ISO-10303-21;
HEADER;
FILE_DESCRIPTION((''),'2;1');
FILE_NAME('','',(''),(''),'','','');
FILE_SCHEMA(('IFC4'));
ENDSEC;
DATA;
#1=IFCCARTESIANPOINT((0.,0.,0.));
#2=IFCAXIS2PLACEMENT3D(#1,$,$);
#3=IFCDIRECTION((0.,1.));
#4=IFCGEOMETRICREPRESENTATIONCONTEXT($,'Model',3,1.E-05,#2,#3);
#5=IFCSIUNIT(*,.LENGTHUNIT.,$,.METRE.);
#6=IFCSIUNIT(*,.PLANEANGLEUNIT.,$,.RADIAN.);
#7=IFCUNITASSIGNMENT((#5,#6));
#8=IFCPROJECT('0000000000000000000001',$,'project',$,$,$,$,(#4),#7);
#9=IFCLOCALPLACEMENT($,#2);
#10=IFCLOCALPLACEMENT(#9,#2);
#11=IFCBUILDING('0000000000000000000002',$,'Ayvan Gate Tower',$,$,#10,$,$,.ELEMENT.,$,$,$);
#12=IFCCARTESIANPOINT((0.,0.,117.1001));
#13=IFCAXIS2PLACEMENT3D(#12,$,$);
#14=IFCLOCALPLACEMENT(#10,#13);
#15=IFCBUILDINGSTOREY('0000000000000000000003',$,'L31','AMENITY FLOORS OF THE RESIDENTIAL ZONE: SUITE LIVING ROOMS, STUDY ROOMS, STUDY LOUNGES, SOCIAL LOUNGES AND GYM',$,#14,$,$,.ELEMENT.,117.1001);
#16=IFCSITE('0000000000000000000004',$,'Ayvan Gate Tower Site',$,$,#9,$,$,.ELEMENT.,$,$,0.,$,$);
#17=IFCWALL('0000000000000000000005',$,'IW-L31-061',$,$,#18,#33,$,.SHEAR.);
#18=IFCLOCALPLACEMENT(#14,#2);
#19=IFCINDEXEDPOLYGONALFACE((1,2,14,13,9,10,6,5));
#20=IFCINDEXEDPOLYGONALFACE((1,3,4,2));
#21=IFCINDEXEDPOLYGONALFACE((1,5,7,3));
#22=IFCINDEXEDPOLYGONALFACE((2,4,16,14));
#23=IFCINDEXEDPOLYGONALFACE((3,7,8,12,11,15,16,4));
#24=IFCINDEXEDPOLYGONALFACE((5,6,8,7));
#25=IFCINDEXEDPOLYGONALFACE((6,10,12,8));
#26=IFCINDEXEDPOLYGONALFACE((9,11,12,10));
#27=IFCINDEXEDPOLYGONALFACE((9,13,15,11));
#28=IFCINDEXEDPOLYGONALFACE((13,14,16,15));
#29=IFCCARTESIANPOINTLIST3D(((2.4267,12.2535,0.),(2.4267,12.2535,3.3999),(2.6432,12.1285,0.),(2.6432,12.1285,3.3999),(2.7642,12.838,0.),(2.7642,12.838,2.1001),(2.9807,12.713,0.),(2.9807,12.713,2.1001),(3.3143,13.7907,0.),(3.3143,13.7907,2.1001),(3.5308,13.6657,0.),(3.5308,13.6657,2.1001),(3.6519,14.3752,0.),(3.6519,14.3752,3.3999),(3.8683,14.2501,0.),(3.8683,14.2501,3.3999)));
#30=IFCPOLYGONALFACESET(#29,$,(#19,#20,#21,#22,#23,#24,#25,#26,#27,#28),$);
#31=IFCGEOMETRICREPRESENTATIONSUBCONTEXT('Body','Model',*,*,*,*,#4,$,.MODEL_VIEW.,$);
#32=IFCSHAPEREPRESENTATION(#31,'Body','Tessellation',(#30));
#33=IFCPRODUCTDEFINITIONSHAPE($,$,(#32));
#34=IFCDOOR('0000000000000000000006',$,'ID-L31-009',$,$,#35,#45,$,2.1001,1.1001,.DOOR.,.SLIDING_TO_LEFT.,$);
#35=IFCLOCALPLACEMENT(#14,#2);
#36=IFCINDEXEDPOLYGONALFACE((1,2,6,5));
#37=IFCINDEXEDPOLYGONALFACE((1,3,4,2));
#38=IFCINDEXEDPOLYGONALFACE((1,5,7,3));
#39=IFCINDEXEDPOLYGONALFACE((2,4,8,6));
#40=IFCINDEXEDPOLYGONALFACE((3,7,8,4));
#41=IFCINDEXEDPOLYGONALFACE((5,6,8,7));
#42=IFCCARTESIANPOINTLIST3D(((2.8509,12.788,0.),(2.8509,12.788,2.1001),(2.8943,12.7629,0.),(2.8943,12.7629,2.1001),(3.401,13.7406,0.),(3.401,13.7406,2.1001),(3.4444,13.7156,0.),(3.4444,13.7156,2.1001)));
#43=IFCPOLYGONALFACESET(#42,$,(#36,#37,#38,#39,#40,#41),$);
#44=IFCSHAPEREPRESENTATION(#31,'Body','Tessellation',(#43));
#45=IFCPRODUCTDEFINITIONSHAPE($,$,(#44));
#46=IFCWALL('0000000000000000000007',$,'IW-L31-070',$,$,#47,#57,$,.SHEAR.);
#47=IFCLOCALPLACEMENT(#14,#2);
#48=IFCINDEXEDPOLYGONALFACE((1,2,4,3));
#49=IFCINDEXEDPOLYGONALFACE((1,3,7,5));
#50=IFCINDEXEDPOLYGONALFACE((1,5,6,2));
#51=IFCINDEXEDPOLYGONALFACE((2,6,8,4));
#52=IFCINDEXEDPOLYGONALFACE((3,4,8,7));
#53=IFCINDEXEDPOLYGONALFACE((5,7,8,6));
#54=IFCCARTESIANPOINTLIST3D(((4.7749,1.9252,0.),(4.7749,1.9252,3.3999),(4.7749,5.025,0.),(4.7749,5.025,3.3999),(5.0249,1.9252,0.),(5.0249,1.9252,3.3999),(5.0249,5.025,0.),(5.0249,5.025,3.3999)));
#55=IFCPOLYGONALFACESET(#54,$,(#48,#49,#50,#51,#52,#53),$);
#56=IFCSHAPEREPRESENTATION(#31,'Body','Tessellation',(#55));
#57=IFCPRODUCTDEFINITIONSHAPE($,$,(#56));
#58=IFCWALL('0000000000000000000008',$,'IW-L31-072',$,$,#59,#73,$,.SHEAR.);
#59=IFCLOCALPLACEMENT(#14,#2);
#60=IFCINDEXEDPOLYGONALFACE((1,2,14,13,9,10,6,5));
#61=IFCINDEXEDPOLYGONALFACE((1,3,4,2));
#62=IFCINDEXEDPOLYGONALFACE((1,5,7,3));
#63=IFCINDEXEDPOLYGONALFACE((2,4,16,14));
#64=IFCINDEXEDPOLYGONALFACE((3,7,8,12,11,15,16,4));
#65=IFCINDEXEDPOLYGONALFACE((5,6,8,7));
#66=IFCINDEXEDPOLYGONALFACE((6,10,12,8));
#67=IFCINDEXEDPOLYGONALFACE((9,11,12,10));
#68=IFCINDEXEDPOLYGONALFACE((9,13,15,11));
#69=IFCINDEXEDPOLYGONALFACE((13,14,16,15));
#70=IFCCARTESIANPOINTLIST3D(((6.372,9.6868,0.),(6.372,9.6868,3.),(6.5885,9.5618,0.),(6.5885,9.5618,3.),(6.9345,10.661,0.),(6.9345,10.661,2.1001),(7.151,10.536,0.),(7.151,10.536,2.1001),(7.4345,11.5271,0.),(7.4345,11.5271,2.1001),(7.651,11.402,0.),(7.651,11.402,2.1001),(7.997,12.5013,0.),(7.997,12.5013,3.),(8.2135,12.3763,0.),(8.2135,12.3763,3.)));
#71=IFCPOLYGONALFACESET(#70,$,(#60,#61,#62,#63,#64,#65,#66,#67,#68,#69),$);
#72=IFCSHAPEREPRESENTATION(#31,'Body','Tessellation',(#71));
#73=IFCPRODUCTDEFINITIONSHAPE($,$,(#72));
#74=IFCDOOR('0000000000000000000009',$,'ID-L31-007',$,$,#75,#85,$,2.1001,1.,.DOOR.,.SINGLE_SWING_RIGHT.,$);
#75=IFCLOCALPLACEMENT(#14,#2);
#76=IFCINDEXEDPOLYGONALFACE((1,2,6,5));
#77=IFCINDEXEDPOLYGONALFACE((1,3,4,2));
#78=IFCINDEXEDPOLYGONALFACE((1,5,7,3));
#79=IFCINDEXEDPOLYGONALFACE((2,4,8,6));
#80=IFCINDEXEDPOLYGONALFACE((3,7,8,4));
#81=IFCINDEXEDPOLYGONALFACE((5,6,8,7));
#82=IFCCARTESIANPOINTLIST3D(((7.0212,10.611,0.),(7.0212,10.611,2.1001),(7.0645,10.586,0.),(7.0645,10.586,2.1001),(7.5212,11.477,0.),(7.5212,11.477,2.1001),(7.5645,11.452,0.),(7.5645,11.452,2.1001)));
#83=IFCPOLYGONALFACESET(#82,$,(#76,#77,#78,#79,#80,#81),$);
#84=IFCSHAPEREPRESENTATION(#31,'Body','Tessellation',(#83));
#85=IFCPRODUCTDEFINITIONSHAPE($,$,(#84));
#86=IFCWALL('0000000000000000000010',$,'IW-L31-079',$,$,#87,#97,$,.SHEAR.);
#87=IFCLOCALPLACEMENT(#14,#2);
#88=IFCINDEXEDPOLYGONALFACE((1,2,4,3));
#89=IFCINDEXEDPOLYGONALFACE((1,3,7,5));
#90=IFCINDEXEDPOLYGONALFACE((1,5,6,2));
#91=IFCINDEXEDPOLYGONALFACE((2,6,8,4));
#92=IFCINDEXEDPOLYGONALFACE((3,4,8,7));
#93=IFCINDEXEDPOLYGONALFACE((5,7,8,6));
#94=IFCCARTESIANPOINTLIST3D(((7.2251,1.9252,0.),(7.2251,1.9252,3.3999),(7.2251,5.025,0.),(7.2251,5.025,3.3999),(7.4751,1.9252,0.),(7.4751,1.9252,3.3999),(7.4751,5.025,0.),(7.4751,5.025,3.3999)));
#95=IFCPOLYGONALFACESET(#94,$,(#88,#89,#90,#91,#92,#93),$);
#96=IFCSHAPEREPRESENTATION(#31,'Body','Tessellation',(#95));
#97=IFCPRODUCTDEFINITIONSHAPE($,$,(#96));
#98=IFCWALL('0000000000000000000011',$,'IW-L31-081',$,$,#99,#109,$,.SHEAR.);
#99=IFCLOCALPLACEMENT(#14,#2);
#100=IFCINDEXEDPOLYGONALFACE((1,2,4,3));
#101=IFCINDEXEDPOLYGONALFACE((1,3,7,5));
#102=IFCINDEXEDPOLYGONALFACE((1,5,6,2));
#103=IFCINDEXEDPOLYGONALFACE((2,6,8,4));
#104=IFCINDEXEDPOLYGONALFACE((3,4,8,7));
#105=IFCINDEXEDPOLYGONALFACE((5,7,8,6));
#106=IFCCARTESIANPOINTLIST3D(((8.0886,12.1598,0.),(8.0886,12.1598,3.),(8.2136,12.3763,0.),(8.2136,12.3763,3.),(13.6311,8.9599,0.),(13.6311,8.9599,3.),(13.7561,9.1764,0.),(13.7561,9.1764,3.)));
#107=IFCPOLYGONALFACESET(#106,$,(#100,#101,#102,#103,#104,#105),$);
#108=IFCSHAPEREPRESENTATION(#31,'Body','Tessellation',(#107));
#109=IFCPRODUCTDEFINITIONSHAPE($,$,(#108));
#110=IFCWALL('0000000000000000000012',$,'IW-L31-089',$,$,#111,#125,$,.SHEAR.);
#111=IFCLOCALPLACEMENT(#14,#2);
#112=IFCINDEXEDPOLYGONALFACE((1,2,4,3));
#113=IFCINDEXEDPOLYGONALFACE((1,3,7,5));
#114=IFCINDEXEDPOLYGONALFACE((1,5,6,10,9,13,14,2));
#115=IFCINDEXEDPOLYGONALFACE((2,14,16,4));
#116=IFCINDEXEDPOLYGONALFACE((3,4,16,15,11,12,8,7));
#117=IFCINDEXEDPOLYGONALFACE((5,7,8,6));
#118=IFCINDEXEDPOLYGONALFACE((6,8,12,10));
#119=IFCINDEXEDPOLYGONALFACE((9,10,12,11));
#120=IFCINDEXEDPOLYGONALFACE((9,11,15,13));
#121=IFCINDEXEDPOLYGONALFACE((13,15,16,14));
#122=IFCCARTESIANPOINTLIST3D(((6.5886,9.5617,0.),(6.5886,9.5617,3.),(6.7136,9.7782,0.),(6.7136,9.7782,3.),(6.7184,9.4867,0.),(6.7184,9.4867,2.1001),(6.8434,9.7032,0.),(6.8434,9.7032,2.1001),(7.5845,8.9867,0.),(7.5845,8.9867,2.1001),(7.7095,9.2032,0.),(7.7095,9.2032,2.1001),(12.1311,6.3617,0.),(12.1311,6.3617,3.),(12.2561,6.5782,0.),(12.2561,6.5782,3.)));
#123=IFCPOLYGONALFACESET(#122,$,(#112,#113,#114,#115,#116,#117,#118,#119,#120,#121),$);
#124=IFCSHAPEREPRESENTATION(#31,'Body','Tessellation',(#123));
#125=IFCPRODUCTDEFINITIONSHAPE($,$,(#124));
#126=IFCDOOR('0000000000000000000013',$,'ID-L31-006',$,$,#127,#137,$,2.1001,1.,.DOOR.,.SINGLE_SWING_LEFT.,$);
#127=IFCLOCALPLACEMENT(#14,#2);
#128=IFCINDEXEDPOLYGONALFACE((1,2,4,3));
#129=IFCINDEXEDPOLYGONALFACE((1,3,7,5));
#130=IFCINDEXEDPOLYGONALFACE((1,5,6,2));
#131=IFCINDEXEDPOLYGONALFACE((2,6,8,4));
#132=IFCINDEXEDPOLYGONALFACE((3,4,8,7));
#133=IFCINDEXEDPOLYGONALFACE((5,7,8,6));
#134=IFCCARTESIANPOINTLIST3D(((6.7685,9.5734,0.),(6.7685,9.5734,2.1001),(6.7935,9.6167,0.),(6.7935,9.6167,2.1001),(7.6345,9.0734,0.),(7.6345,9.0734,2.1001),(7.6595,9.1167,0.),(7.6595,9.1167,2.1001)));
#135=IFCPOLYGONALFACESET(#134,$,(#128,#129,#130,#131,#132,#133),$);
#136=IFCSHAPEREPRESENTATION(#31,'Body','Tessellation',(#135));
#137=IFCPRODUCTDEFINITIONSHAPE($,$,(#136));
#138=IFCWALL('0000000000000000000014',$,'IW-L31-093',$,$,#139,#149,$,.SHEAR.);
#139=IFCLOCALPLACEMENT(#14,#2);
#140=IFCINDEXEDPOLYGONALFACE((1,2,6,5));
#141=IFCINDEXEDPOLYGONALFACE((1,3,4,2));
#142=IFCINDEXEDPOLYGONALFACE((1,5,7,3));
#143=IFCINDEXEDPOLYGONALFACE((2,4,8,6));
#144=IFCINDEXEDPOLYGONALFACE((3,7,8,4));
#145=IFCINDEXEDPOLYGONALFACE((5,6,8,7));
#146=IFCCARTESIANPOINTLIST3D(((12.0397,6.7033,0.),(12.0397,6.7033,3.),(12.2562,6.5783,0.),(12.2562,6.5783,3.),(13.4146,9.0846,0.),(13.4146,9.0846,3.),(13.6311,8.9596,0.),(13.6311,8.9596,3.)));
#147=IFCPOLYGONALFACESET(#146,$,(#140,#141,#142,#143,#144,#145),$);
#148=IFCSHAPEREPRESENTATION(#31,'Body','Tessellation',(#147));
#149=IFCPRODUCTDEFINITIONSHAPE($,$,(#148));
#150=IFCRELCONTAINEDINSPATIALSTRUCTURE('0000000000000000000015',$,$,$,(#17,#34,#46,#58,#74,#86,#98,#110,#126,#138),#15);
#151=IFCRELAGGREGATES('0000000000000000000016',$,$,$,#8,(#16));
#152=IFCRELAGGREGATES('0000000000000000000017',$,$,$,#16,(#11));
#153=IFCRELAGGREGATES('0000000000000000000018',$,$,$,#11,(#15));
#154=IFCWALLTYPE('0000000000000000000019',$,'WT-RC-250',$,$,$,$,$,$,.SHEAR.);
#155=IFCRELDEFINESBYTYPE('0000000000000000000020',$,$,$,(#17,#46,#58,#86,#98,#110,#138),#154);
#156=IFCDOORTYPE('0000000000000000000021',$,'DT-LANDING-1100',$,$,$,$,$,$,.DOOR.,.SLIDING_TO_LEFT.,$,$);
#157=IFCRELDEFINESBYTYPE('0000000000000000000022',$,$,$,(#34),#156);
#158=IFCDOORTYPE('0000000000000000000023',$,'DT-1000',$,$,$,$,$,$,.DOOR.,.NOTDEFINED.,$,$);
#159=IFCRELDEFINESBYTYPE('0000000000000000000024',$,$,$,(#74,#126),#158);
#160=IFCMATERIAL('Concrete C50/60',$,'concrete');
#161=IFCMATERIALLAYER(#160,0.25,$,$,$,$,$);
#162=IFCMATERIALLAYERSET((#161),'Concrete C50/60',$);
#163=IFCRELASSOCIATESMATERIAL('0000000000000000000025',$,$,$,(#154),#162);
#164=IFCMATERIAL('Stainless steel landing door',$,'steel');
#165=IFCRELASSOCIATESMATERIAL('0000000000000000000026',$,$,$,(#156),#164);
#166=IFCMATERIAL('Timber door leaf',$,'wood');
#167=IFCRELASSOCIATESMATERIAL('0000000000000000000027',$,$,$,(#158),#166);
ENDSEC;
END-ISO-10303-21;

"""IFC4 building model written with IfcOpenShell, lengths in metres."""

from ifc_helpers import new_model, si_unit, direction, frame, frame_2d, origin, place, context, subcontext, project, spatial, rectangle, extrude, material, layer, layer_set, type_object, element, fill, save


model = new_model("IFC4")

# Units and contexts
model_context = context("Model", 3, precision=1e-05, world=origin(), true_north=direction((0.0, 1.0)))
body_context = subcontext(model_context, "Body", "Model", "MODEL_VIEW")
ifc_project = project(units=[si_unit("LENGTHUNIT", "METRE"), si_unit("PLANEANGLEUNIT", "RADIAN")], contexts=[model_context])

# Site, building, storey
site_placement = place(None, origin())
site = spatial("IfcSite", under=ifc_project, at=site_placement, Name="Ayvan Gate Tower Site", CompositionType="ELEMENT", RefElevation=0.0)
building_placement = place(site_placement, origin())
building = spatial("IfcBuilding", under=site, at=building_placement, Name="Ayvan Gate Tower", CompositionType="ELEMENT")
storey_placement = place(building_placement, frame((0.0, 0.0, 117.1001)))
storey = spatial("IfcBuildingStorey", under=building, at=storey_placement, Name="L31", Description="AMENITY FLOORS OF THE RESIDENTIAL ZONE: SUITE LIVING ROOMS, STUDY ROOMS, STUDY LOUNGES, SOCIAL LOUNGES AND GYM", CompositionType="ELEMENT", Elevation=117.1001)

# Shared definitions
ifc_material_1 = material(Name="Timber door leaf", Category="wood")

# Shared definitions
ifc_material_2 = material(Name="Concrete C50/60", Category="concrete")
ifc_layer_1 = layer(ifc_material_2, 0.25)
ifc_layer_set_1 = layer_set([ifc_layer_1], Name="Concrete C50/60")
wall_type_1 = type_object("IfcWallType", Name="WT-RC-250", PredefinedType="SHEAR", material=ifc_layer_set_1)

# Wall, opening, door
wall_1_placement = place(storey_placement, frame((2.5349, 12.1909, 0.0), z_axis=(0.0, 0.0, 1.0), x_axis=(0.500062, 0.86599, 0.0)))
wall_1 = element("IfcWall", 1, at=wall_1_placement, inside=storey, type_object=wall_type_1, Name="IW-L31-061", PredefinedType="SHEAR", context=body_context, shape_type="SweptSolid", body=[
    extrude(rectangle(XDim=2.45, YDim=0.25, at=frame_2d((1.2251, 0.0))), origin(), (0.0, 0.0, 1.0), 3.3999),
])
opening_1_placement = place(wall_1_placement, frame((0.675, 0.0, 0.0)))
opening_1 = element("IfcOpeningElement", 2, at=opening_1_placement, cuts=wall_1, PredefinedType="OPENING", context=body_context, shape_type="SweptSolid", body=[
    extrude(rectangle(XDim=1.1001, YDim=2.1001, at=frame_2d((0.55, 1.05))), frame((0.0, 0.135, 0.0), z_axis=(0.0, -1.0, 0.0), x_axis=(1.0, 0.0, 0.0)), (0.0, 0.0, 1.0), 0.27),
])
ifc_material_3 = material(Name="Stainless steel landing door", Category="steel")
door_type_1 = type_object("IfcDoorType", Name="DT-LANDING-1100", OperationType="SLIDING_TO_LEFT", PredefinedType="DOOR", material=ifc_material_3)
door_1_placement = place(opening_1_placement, origin())
door_1 = element("IfcDoor", 3, at=door_1_placement, inside=storey, type_object=door_type_1, Name="ID-L31-009", OperationType="SLIDING_TO_LEFT", OverallHeight=2.1001, OverallWidth=1.1001, PredefinedType="DOOR", context=body_context, shape_type="SweptSolid", body=[
    extrude(rectangle(XDim=1.1001, YDim=2.1001, at=frame_2d((0.55, 1.05))), frame((0.0, 0.0249, 0.0), z_axis=(0.0, -1.0, 0.0), x_axis=(1.0, 0.0, 0.0)), (0.0, 0.0, 1.0), 0.05),
])
fill(opening_1, door_1)

# Wall
wall_2_placement = place(storey_placement, frame((4.8999, 5.0249, 0.0), z_axis=(0.0, 0.0, 1.0), x_axis=(0.0, -1.0, 0.0)))
element("IfcWall", 4, at=wall_2_placement, inside=storey, type_object=wall_type_1, Name="IW-L31-070", PredefinedType="SHEAR", context=body_context, shape_type="SweptSolid", body=[
    extrude(rectangle(XDim=3.0999, YDim=0.25, at=frame_2d((1.5498, 0.0))), origin(), (0.0, 0.0, 1.0), 3.3999),
])

# Wall, opening, door
wall_3_placement = place(storey_placement, frame((6.4802, 9.6243, 0.0), z_axis=(0.0, 0.0, 1.0), x_axis=(0.500017, 0.866015, 0.0)))
wall_3 = element("IfcWall", 5, at=wall_3_placement, inside=storey, type_object=wall_type_1, Name="IW-L31-072", PredefinedType="SHEAR", context=body_context, shape_type="SweptSolid", body=[
    extrude(rectangle(XDim=3.25, YDim=0.25, at=frame_2d((1.625, 0.0))), origin(), (0.0, 0.0, 1.0), 3.0),
])
opening_2_placement = place(wall_3_placement, frame((1.125, 0.0, 0.0)))
opening_2 = element("IfcOpeningElement", 6, at=opening_2_placement, cuts=wall_3, PredefinedType="OPENING", context=body_context, shape_type="SweptSolid", body=[
    extrude(rectangle(XDim=1.0, YDim=2.1001, at=frame_2d((0.5, 1.05))), frame((0.0, 0.135, 0.0), z_axis=(0.0, -1.0, 0.0), x_axis=(1.0, 0.0, 0.0)), (0.0, 0.0, 1.0), 0.27),
])
door_type_2 = type_object("IfcDoorType", Name="DT-1000", OperationType="NOTDEFINED", PredefinedType="DOOR", material=ifc_material_1)
door_2_placement = place(opening_2_placement, origin())
door_2 = element("IfcDoor", 7, at=door_2_placement, inside=storey, type_object=door_type_2, Name="ID-L31-007", OperationType="SINGLE_SWING_RIGHT", OverallHeight=2.1001, OverallWidth=1.0, PredefinedType="DOOR", context=body_context, shape_type="SweptSolid", body=[
    extrude(rectangle(XDim=1.0, YDim=2.1001, at=frame_2d((0.5, 1.05))), frame((0.0, 0.0249, 0.0), z_axis=(0.0, -1.0, 0.0), x_axis=(1.0, 0.0, 0.0)), (0.0, 0.0, 1.0), 0.05),
])
fill(opening_2, door_2)

# Walls
wall_4_placement = place(storey_placement, frame((7.3501, 5.0249, 0.0), z_axis=(0.0, 0.0, 1.0), x_axis=(0.0, -1.0, 0.0)))
element("IfcWall", 8, at=wall_4_placement, inside=storey, type_object=wall_type_1, Name="IW-L31-079", PredefinedType="SHEAR", context=body_context, shape_type="SweptSolid", body=[
    extrude(rectangle(XDim=3.0999, YDim=0.25, at=frame_2d((1.5498, 0.0))), origin(), (0.0, 0.0, 1.0), 3.3999),
])
wall_5_placement = place(storey_placement, frame((8.1511, 12.2681, 0.0), z_axis=(0.0, 0.0, 1.0), x_axis=(0.866025, -0.5, 0.0)))
element("IfcWall", 9, at=wall_5_placement, inside=storey, type_object=wall_type_1, Name="IW-L31-081", PredefinedType="SHEAR", context=body_context, shape_type="SweptSolid", body=[
    extrude(rectangle(XDim=6.3999, YDim=0.25, at=frame_2d((3.2, 0.0))), origin(), (0.0, 0.0, 1.0), 3.0),
])

# Wall, opening, door
wall_6_placement = place(storey_placement, frame((12.1936, 6.47, 0.0), z_axis=(0.0, 0.0, 1.0), x_axis=(-0.866025, 0.5, 0.0)))
wall_6 = element("IfcWall", 10, at=wall_6_placement, inside=storey, type_object=wall_type_1, Name="IW-L31-089", PredefinedType="SHEAR", context=body_context, shape_type="SweptSolid", body=[
    extrude(rectangle(XDim=6.3999, YDim=0.25, at=frame_2d((3.2, 0.0))), origin(), (0.0, 0.0, 1.0), 3.0),
])
opening_3_placement = place(wall_6_placement, frame((5.25, 0.0, 0.0)))
opening_3 = element("IfcOpeningElement", 11, at=opening_3_placement, cuts=wall_6, PredefinedType="OPENING", context=body_context, shape_type="SweptSolid", body=[
    extrude(rectangle(XDim=1.0, YDim=2.1001, at=frame_2d((0.5, 1.05))), frame((0.0, 0.135, 0.0), z_axis=(0.0, -1.0, 0.0), x_axis=(1.0, 0.0, 0.0)), (0.0, 0.0, 1.0), 0.27),
])
door_3_placement = place(opening_3_placement, origin())
door_3 = element("IfcDoor", 12, at=door_3_placement, inside=storey, type_object=door_type_2, Name="ID-L31-006", OperationType="SINGLE_SWING_LEFT", OverallHeight=2.1001, OverallWidth=1.0, PredefinedType="DOOR", context=body_context, shape_type="SweptSolid", body=[
    extrude(rectangle(XDim=1.0, YDim=2.1001, at=frame_2d((0.5, 1.05))), frame((0.0, 0.0249, 0.0), z_axis=(0.0, -1.0, 0.0), x_axis=(1.0, 0.0, 0.0)), (0.0, 0.0, 1.0), 0.05),
])
fill(opening_3, door_3)

# Wall
wall_7_placement = place(storey_placement, frame((13.5229, 9.0222, 0.0), z_axis=(0.0, 0.0, 1.0), x_axis=(-0.500035, -0.866005, 0.0)))
element("IfcWall", 13, at=wall_7_placement, inside=storey, type_object=wall_type_1, Name="IW-L31-093", PredefinedType="SHEAR", context=body_context, shape_type="SweptSolid", body=[
    extrude(rectangle(XDim=2.7498, YDim=0.25, at=frame_2d((1.375, 0.0))), origin(), (0.0, 0.0, 1.0), 3.0),
])

save(model, "model.ifc")
